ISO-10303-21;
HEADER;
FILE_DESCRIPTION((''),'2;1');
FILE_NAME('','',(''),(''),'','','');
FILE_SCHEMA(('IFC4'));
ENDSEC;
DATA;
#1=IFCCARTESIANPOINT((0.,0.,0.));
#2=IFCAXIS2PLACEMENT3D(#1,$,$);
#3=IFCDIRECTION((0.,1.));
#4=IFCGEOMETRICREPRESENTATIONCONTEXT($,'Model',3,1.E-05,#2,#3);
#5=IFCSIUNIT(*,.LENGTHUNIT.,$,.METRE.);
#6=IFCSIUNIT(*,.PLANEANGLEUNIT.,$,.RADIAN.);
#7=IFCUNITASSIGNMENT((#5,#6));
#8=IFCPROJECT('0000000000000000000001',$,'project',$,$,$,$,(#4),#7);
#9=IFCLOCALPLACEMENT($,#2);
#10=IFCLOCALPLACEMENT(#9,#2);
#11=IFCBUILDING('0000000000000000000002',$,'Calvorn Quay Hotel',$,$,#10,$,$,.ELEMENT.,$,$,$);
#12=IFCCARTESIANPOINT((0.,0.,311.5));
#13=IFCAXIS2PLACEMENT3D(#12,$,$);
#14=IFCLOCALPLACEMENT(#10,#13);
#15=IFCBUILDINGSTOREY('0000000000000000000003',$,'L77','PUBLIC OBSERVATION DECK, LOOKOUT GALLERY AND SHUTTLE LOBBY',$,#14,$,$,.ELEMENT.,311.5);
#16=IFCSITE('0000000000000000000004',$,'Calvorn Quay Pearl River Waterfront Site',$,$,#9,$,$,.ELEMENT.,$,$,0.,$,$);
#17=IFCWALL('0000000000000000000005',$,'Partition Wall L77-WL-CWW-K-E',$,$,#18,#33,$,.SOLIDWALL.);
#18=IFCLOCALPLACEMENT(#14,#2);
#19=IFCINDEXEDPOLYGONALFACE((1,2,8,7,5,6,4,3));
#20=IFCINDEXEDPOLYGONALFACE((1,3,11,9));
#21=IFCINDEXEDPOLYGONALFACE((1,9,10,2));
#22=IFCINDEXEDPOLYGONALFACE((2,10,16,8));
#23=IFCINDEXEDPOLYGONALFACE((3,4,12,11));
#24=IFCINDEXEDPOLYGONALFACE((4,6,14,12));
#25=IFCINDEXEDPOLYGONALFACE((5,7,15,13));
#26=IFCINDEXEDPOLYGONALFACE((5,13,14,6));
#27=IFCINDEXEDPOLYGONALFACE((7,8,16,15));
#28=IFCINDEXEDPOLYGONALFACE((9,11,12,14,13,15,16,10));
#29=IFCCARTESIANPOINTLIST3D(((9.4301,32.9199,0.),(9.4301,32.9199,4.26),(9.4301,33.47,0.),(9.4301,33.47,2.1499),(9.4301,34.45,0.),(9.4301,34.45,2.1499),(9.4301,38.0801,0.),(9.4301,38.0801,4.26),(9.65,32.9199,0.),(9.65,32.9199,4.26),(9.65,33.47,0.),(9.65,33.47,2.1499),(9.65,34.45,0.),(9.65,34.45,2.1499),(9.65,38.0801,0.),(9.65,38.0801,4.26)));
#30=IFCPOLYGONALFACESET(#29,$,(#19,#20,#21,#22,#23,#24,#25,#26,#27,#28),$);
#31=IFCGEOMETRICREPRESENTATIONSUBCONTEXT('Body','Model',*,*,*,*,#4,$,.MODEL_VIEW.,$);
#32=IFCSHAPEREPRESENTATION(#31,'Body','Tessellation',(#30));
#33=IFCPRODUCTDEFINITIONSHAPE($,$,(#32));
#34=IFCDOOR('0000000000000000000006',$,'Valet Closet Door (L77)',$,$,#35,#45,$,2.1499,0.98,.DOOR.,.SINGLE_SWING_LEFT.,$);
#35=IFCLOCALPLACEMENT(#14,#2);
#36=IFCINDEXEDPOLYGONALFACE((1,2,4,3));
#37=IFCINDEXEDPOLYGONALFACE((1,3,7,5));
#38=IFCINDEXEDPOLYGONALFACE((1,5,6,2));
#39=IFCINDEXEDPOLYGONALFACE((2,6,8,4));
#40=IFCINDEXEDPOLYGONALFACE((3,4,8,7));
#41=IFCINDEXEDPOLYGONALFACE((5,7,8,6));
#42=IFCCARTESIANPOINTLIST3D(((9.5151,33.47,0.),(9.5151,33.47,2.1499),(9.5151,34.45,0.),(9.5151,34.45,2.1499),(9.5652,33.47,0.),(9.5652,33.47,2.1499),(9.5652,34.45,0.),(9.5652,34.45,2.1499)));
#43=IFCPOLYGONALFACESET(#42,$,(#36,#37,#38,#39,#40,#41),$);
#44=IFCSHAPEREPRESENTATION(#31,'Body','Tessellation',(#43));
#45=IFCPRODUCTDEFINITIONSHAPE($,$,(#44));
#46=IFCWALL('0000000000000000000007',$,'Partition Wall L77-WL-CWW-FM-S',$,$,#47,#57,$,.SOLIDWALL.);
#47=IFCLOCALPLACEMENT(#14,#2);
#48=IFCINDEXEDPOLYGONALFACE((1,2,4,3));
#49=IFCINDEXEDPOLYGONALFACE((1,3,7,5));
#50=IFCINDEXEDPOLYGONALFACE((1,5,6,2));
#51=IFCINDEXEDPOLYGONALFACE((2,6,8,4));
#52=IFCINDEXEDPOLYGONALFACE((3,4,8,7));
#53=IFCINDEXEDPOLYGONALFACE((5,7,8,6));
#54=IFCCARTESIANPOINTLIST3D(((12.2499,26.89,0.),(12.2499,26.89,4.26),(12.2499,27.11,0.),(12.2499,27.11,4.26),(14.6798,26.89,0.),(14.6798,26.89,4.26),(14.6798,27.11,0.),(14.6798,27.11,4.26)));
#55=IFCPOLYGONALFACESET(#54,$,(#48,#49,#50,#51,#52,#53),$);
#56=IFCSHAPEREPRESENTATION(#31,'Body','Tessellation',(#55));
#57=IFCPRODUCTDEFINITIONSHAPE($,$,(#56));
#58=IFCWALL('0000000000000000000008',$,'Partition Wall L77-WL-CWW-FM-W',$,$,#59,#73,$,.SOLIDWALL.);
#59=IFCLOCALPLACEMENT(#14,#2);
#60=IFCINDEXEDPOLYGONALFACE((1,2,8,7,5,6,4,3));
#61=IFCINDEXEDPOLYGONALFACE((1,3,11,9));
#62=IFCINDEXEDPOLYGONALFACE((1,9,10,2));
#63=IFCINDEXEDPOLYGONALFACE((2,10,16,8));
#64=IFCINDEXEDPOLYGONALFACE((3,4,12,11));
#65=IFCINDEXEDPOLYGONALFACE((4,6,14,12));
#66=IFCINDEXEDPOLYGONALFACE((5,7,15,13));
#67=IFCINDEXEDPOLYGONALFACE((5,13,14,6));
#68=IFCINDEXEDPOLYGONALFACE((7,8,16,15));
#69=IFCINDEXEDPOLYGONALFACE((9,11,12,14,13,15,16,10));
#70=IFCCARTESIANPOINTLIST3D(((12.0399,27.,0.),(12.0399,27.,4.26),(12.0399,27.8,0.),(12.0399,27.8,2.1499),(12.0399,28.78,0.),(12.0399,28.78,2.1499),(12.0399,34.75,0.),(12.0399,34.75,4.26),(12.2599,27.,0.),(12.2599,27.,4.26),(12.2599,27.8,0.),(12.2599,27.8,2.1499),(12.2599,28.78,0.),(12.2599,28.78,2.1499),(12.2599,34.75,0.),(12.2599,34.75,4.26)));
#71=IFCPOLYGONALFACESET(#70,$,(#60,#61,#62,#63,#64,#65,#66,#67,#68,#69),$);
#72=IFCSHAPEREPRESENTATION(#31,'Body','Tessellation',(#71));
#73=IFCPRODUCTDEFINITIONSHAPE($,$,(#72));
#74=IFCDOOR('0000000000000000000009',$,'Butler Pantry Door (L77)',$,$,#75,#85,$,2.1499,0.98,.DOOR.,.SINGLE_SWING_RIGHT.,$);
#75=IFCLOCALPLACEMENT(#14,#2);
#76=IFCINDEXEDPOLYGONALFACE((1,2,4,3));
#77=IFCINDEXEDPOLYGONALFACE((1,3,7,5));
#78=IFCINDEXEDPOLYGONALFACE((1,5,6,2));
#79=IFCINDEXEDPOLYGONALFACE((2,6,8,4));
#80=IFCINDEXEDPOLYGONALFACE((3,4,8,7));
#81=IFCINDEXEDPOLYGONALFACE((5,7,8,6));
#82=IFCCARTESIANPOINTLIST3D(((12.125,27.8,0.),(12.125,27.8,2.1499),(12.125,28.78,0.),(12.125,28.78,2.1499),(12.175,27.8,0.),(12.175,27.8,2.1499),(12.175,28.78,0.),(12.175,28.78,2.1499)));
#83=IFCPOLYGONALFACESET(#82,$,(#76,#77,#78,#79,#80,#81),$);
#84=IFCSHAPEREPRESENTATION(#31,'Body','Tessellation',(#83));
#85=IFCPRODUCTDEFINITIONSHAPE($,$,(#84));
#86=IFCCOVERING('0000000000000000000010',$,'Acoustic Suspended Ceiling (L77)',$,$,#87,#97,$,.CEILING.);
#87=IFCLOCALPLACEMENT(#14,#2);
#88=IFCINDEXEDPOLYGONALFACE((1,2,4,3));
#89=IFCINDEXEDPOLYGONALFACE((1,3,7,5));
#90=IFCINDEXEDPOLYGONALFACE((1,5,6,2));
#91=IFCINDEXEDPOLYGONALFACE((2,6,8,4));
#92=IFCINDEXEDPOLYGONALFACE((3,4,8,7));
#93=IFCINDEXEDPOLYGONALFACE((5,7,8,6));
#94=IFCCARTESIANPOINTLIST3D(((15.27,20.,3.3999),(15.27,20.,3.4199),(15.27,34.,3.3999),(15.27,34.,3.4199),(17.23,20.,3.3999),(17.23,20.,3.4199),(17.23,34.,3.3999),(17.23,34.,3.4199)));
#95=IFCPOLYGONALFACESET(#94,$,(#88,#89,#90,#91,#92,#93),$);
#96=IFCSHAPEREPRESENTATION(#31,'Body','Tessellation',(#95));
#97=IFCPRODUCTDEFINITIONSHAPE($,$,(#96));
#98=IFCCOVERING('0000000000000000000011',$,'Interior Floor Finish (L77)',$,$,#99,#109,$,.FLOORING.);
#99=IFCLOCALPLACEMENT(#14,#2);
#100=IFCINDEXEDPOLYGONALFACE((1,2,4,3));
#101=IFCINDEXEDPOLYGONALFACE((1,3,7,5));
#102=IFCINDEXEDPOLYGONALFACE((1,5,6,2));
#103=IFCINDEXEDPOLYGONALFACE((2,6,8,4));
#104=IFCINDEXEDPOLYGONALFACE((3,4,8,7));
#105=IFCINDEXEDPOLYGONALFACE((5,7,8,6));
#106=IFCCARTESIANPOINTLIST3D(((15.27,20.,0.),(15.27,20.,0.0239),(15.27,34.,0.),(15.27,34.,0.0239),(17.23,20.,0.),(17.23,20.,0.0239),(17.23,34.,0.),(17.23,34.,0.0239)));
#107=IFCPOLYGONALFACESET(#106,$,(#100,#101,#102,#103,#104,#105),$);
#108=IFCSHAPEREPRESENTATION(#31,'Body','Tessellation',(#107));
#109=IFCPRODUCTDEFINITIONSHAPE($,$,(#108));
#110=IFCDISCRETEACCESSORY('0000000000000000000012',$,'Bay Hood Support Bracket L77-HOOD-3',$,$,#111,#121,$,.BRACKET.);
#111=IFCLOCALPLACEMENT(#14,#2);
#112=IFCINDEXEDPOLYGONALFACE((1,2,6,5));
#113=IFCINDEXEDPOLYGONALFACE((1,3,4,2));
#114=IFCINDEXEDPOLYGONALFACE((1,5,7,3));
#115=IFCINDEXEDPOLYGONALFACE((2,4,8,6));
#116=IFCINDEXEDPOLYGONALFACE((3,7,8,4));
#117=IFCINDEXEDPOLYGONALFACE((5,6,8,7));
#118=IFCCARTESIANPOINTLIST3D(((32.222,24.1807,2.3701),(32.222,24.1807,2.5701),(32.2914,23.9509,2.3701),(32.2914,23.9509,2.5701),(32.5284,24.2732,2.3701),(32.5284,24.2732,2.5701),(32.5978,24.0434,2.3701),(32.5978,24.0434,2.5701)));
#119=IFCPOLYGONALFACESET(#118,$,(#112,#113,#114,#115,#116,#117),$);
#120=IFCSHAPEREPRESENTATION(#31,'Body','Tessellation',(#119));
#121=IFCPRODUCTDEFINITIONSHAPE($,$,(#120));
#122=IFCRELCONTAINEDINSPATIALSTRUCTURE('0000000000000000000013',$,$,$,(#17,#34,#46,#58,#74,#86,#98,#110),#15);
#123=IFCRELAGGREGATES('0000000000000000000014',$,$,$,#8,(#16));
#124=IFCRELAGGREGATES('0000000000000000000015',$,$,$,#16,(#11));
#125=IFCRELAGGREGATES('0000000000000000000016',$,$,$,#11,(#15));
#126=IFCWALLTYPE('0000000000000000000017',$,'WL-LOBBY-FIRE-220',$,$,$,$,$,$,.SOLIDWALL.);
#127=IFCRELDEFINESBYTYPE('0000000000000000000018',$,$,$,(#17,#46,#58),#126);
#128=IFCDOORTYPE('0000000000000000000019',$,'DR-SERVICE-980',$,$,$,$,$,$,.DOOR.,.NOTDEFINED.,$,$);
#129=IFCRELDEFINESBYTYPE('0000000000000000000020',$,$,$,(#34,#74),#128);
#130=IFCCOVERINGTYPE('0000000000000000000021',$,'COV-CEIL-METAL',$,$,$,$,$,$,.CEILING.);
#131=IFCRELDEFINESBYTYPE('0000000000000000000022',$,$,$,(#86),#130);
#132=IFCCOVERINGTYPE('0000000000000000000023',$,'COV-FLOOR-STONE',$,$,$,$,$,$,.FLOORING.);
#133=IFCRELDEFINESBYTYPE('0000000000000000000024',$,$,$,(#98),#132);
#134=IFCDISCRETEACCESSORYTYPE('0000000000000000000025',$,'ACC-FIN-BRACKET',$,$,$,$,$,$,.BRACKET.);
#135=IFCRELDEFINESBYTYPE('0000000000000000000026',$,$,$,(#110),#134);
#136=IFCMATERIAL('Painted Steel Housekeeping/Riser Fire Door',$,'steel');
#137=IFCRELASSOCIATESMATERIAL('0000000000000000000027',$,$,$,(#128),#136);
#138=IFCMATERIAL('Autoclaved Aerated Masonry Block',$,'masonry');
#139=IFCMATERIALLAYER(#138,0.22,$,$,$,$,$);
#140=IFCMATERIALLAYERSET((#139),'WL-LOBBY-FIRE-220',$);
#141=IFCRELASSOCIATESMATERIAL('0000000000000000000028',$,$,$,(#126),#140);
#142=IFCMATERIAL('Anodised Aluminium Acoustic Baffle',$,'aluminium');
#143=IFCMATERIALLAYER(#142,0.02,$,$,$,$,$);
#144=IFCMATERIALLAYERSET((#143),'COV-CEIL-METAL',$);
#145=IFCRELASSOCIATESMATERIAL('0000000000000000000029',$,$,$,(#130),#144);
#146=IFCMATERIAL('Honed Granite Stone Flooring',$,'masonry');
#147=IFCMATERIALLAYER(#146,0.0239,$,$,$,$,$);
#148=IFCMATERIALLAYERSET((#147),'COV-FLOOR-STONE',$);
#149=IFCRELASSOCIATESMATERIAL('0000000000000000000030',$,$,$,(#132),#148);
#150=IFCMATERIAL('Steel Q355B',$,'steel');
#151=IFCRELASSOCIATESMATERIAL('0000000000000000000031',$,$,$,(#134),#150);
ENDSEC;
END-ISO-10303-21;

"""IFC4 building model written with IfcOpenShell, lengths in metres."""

from ifc_helpers import new_model, si_unit, direction, frame, frame_2d, origin, origin_2d, place, context, subcontext, project, spatial, rectangle, extrude, material, layer, layer_set, type_object, element, fill, save


model = new_model("IFC4")

# Units and contexts
model_context = context("Model", 3, precision=1e-05, world=origin(), true_north=direction((0.0, 1.0)))
body_context = subcontext(model_context, "Body", "Model", "MODEL_VIEW")
ifc_project = project(units=[si_unit("LENGTHUNIT", "METRE"), si_unit("PLANEANGLEUNIT", "RADIAN")], contexts=[model_context])

# Site, building, storey
site_placement = place(None, origin())
site = spatial("IfcSite", under=ifc_project, at=site_placement, Name="Calvorn Quay Pearl River Waterfront Site", CompositionType="ELEMENT", RefElevation=0.0)
building_placement = place(site_placement, origin())
building = spatial("IfcBuilding", under=site, at=building_placement, Name="Calvorn Quay Hotel", CompositionType="ELEMENT")
storey_placement = place(building_placement, frame((0.0, 0.0, 311.5)))
storey = spatial("IfcBuildingStorey", under=building, at=storey_placement, Name="L77", Description="PUBLIC OBSERVATION DECK, LOOKOUT GALLERY AND SHUTTLE LOBBY", CompositionType="ELEMENT", Elevation=311.5)

# Wall, opening, door
ifc_material_1 = material(Name="Painted Steel Housekeeping/Riser Fire Door", Category="steel")
door_type = type_object("IfcDoorType", Name="DR-SERVICE-980", OperationType="NOTDEFINED", PredefinedType="DOOR", material=ifc_material_1)
ifc_material_2 = material(Name="Autoclaved Aerated Masonry Block", Category="masonry")
ifc_layer_1 = layer(ifc_material_2, 0.22)
ifc_layer_set_1 = layer_set([ifc_layer_1], Name="WL-LOBBY-FIRE-220")
wall_type_1 = type_object("IfcWallType", Name="WL-LOBBY-FIRE-220", PredefinedType="SOLIDWALL", material=ifc_layer_set_1)
wall_1_placement = place(storey_placement, frame((9.54, 32.9199, 0.0), z_axis=(0.0, 0.0, 1.0), x_axis=(0.0, 1.0, 0.0)))
wall_1 = element("IfcWall", 1, at=wall_1_placement, inside=storey, type_object=wall_type_1, Name="Partition Wall L77-WL-CWW-K-E", PredefinedType="SOLIDWALL", context=body_context, shape_type="SweptSolid", body=[
    extrude(rectangle(XDim=5.1602, YDim=0.22, at=frame_2d((2.5801, 0.0))), origin(), (0.0, 0.0, 1.0), 4.26),
])
opening_1_placement = place(wall_1_placement, frame((0.55, 0.0, 0.0)))
opening_1 = element("IfcOpeningElement", 2, at=opening_1_placement, cuts=wall_1, PredefinedType="OPENING", context=body_context, shape_type="SweptSolid", body=[
    extrude(rectangle(XDim=0.98, YDim=2.1499, at=frame_2d((0.49, 1.075))), frame((0.0, 0.1199, 0.0), z_axis=(0.0, -1.0, 0.0), x_axis=(1.0, 0.0, 0.0)), (0.0, 0.0, 1.0), 0.24),
])
door_1_placement = place(opening_1_placement, origin())
door_1 = element("IfcDoor", 3, at=door_1_placement, inside=storey, type_object=door_type, Name="Valet Closet Door (L77)", OperationType="SINGLE_SWING_LEFT", OverallHeight=2.1499, OverallWidth=0.98, PredefinedType="DOOR", context=body_context, shape_type="SweptSolid", body=[
    extrude(rectangle(XDim=0.98, YDim=2.1499, at=frame_2d((0.49, 1.075))), frame((0.0, 0.0249, 0.0), z_axis=(0.0, -1.0, 0.0), x_axis=(1.0, 0.0, 0.0)), (0.0, 0.0, 1.0), 0.05),
])
fill(opening_1, door_1)

# Wall
wall_2_placement = place(storey_placement, frame((12.25, 27.0, 0.0), z_axis=(0.0, 0.0, 1.0), x_axis=(1.0, 0.0, 0.0)))
element("IfcWall", 4, at=wall_2_placement, inside=storey, type_object=wall_type_1, Name="Partition Wall L77-WL-CWW-FM-S", PredefinedType="SOLIDWALL", context=body_context, shape_type="SweptSolid", body=[
    extrude(rectangle(XDim=2.4299, YDim=0.22, at=frame_2d((1.2148, 0.0))), origin(), (0.0, 0.0, 1.0), 4.26),
])

# Wall, opening, door
wall_3_placement = place(storey_placement, frame((12.1499, 27.0, 0.0), z_axis=(0.0, 0.0, 1.0), x_axis=(0.0, 1.0, 0.0)))
wall_3 = element("IfcWall", 5, at=wall_3_placement, inside=storey, type_object=wall_type_1, Name="Partition Wall L77-WL-CWW-FM-W", PredefinedType="SOLIDWALL", context=body_context, shape_type="SweptSolid", body=[
    extrude(rectangle(XDim=7.75, YDim=0.22, at=frame_2d((3.875, 0.0))), origin(), (0.0, 0.0, 1.0), 4.26),
])
opening_2_placement = place(wall_3_placement, frame((0.8, 0.0, 0.0)))
opening_2 = element("IfcOpeningElement", 6, at=opening_2_placement, cuts=wall_3, PredefinedType="OPENING", context=body_context, shape_type="SweptSolid", body=[
    extrude(rectangle(XDim=0.98, YDim=2.1499, at=frame_2d((0.49, 1.075))), frame((0.0, 0.1199, 0.0), z_axis=(0.0, -1.0, 0.0), x_axis=(1.0, 0.0, 0.0)), (0.0, 0.0, 1.0), 0.24),
])
door_2_placement = place(opening_2_placement, origin())
door_2 = element("IfcDoor", 7, at=door_2_placement, inside=storey, type_object=door_type, Name="Butler Pantry Door (L77)", OperationType="SINGLE_SWING_RIGHT", OverallHeight=2.1499, OverallWidth=0.98, PredefinedType="DOOR", context=body_context, shape_type="SweptSolid", body=[
    extrude(rectangle(XDim=0.98, YDim=2.1499, at=frame_2d((0.49, 1.075))), frame((0.0, 0.0249, 0.0), z_axis=(0.0, -1.0, 0.0), x_axis=(1.0, 0.0, 0.0)), (0.0, 0.0, 1.0), 0.05),
])
fill(opening_2, door_2)

# Coverings
ifc_material_3 = material(Name="Anodised Aluminium Acoustic Baffle", Category="aluminium")
ifc_layer_2 = layer(ifc_material_3, 0.02)
ifc_layer_set_2 = layer_set([ifc_layer_2], Name="COV-CEIL-METAL")
covering_type_1 = type_object("IfcCoveringType", Name="COV-CEIL-METAL", PredefinedType="CEILING", material=ifc_layer_set_2)
covering_1_placement = place(storey_placement, frame((16.25, 27.0, 3.3999), z_axis=(0.0, 0.0, 1.0), x_axis=(1.0, 0.0, 0.0)))
element("IfcCovering", 8, at=covering_1_placement, inside=storey, type_object=covering_type_1, Name="Acoustic Suspended Ceiling (L77)", PredefinedType="CEILING", context=body_context, shape_type="SweptSolid", body=[
    extrude(rectangle(XDim=1.96, YDim=14.0, at=origin_2d()), origin(), (0.0, 0.0, 1.0), 0.02),
])
ifc_material_4 = material(Name="Honed Granite Stone Flooring", Category="masonry")
ifc_layer_3 = layer(ifc_material_4, 0.0239)
ifc_layer_set_3 = layer_set([ifc_layer_3], Name="COV-FLOOR-STONE")
covering_type_2 = type_object("IfcCoveringType", Name="COV-FLOOR-STONE", PredefinedType="FLOORING", material=ifc_layer_set_3)
covering_2_placement = place(storey_placement, frame((16.25, 27.0, 0.0), z_axis=(0.0, 0.0, 1.0), x_axis=(1.0, 0.0, 0.0)))
element("IfcCovering", 9, at=covering_2_placement, inside=storey, type_object=covering_type_2, Name="Interior Floor Finish (L77)", PredefinedType="FLOORING", context=body_context, shape_type="SweptSolid", body=[
    extrude(rectangle(XDim=1.96, YDim=14.0, at=origin_2d()), origin(), (0.0, 0.0, 1.0), 0.0239),
])

# Discrete accessory
ifc_material_5 = material(Name="Steel Q355B", Category="steel")
discrete_accessory_type = type_object("IfcDiscreteAccessoryType", Name="ACC-FIN-BRACKET", PredefinedType="BRACKET", material=ifc_material_5)
discrete_accessory_placement = place(storey_placement, frame((32.4099, 24.1121, 2.3701), z_axis=(0.0, 0.0, 1.0), x_axis=(0.957319, 0.289032, 0.0)))
element("IfcDiscreteAccessory", 10, at=discrete_accessory_placement, inside=storey, type_object=discrete_accessory_type, Name="Bay Hood Support Bracket L77-HOOD-3", PredefinedType="BRACKET", context=body_context, shape_type="SweptSolid", body=[
    extrude(rectangle(XDim=0.3201, YDim=0.24, at=origin_2d()), origin(), (0.0, 0.0, 1.0), 0.2),
])

save(model, "model.ifc")
